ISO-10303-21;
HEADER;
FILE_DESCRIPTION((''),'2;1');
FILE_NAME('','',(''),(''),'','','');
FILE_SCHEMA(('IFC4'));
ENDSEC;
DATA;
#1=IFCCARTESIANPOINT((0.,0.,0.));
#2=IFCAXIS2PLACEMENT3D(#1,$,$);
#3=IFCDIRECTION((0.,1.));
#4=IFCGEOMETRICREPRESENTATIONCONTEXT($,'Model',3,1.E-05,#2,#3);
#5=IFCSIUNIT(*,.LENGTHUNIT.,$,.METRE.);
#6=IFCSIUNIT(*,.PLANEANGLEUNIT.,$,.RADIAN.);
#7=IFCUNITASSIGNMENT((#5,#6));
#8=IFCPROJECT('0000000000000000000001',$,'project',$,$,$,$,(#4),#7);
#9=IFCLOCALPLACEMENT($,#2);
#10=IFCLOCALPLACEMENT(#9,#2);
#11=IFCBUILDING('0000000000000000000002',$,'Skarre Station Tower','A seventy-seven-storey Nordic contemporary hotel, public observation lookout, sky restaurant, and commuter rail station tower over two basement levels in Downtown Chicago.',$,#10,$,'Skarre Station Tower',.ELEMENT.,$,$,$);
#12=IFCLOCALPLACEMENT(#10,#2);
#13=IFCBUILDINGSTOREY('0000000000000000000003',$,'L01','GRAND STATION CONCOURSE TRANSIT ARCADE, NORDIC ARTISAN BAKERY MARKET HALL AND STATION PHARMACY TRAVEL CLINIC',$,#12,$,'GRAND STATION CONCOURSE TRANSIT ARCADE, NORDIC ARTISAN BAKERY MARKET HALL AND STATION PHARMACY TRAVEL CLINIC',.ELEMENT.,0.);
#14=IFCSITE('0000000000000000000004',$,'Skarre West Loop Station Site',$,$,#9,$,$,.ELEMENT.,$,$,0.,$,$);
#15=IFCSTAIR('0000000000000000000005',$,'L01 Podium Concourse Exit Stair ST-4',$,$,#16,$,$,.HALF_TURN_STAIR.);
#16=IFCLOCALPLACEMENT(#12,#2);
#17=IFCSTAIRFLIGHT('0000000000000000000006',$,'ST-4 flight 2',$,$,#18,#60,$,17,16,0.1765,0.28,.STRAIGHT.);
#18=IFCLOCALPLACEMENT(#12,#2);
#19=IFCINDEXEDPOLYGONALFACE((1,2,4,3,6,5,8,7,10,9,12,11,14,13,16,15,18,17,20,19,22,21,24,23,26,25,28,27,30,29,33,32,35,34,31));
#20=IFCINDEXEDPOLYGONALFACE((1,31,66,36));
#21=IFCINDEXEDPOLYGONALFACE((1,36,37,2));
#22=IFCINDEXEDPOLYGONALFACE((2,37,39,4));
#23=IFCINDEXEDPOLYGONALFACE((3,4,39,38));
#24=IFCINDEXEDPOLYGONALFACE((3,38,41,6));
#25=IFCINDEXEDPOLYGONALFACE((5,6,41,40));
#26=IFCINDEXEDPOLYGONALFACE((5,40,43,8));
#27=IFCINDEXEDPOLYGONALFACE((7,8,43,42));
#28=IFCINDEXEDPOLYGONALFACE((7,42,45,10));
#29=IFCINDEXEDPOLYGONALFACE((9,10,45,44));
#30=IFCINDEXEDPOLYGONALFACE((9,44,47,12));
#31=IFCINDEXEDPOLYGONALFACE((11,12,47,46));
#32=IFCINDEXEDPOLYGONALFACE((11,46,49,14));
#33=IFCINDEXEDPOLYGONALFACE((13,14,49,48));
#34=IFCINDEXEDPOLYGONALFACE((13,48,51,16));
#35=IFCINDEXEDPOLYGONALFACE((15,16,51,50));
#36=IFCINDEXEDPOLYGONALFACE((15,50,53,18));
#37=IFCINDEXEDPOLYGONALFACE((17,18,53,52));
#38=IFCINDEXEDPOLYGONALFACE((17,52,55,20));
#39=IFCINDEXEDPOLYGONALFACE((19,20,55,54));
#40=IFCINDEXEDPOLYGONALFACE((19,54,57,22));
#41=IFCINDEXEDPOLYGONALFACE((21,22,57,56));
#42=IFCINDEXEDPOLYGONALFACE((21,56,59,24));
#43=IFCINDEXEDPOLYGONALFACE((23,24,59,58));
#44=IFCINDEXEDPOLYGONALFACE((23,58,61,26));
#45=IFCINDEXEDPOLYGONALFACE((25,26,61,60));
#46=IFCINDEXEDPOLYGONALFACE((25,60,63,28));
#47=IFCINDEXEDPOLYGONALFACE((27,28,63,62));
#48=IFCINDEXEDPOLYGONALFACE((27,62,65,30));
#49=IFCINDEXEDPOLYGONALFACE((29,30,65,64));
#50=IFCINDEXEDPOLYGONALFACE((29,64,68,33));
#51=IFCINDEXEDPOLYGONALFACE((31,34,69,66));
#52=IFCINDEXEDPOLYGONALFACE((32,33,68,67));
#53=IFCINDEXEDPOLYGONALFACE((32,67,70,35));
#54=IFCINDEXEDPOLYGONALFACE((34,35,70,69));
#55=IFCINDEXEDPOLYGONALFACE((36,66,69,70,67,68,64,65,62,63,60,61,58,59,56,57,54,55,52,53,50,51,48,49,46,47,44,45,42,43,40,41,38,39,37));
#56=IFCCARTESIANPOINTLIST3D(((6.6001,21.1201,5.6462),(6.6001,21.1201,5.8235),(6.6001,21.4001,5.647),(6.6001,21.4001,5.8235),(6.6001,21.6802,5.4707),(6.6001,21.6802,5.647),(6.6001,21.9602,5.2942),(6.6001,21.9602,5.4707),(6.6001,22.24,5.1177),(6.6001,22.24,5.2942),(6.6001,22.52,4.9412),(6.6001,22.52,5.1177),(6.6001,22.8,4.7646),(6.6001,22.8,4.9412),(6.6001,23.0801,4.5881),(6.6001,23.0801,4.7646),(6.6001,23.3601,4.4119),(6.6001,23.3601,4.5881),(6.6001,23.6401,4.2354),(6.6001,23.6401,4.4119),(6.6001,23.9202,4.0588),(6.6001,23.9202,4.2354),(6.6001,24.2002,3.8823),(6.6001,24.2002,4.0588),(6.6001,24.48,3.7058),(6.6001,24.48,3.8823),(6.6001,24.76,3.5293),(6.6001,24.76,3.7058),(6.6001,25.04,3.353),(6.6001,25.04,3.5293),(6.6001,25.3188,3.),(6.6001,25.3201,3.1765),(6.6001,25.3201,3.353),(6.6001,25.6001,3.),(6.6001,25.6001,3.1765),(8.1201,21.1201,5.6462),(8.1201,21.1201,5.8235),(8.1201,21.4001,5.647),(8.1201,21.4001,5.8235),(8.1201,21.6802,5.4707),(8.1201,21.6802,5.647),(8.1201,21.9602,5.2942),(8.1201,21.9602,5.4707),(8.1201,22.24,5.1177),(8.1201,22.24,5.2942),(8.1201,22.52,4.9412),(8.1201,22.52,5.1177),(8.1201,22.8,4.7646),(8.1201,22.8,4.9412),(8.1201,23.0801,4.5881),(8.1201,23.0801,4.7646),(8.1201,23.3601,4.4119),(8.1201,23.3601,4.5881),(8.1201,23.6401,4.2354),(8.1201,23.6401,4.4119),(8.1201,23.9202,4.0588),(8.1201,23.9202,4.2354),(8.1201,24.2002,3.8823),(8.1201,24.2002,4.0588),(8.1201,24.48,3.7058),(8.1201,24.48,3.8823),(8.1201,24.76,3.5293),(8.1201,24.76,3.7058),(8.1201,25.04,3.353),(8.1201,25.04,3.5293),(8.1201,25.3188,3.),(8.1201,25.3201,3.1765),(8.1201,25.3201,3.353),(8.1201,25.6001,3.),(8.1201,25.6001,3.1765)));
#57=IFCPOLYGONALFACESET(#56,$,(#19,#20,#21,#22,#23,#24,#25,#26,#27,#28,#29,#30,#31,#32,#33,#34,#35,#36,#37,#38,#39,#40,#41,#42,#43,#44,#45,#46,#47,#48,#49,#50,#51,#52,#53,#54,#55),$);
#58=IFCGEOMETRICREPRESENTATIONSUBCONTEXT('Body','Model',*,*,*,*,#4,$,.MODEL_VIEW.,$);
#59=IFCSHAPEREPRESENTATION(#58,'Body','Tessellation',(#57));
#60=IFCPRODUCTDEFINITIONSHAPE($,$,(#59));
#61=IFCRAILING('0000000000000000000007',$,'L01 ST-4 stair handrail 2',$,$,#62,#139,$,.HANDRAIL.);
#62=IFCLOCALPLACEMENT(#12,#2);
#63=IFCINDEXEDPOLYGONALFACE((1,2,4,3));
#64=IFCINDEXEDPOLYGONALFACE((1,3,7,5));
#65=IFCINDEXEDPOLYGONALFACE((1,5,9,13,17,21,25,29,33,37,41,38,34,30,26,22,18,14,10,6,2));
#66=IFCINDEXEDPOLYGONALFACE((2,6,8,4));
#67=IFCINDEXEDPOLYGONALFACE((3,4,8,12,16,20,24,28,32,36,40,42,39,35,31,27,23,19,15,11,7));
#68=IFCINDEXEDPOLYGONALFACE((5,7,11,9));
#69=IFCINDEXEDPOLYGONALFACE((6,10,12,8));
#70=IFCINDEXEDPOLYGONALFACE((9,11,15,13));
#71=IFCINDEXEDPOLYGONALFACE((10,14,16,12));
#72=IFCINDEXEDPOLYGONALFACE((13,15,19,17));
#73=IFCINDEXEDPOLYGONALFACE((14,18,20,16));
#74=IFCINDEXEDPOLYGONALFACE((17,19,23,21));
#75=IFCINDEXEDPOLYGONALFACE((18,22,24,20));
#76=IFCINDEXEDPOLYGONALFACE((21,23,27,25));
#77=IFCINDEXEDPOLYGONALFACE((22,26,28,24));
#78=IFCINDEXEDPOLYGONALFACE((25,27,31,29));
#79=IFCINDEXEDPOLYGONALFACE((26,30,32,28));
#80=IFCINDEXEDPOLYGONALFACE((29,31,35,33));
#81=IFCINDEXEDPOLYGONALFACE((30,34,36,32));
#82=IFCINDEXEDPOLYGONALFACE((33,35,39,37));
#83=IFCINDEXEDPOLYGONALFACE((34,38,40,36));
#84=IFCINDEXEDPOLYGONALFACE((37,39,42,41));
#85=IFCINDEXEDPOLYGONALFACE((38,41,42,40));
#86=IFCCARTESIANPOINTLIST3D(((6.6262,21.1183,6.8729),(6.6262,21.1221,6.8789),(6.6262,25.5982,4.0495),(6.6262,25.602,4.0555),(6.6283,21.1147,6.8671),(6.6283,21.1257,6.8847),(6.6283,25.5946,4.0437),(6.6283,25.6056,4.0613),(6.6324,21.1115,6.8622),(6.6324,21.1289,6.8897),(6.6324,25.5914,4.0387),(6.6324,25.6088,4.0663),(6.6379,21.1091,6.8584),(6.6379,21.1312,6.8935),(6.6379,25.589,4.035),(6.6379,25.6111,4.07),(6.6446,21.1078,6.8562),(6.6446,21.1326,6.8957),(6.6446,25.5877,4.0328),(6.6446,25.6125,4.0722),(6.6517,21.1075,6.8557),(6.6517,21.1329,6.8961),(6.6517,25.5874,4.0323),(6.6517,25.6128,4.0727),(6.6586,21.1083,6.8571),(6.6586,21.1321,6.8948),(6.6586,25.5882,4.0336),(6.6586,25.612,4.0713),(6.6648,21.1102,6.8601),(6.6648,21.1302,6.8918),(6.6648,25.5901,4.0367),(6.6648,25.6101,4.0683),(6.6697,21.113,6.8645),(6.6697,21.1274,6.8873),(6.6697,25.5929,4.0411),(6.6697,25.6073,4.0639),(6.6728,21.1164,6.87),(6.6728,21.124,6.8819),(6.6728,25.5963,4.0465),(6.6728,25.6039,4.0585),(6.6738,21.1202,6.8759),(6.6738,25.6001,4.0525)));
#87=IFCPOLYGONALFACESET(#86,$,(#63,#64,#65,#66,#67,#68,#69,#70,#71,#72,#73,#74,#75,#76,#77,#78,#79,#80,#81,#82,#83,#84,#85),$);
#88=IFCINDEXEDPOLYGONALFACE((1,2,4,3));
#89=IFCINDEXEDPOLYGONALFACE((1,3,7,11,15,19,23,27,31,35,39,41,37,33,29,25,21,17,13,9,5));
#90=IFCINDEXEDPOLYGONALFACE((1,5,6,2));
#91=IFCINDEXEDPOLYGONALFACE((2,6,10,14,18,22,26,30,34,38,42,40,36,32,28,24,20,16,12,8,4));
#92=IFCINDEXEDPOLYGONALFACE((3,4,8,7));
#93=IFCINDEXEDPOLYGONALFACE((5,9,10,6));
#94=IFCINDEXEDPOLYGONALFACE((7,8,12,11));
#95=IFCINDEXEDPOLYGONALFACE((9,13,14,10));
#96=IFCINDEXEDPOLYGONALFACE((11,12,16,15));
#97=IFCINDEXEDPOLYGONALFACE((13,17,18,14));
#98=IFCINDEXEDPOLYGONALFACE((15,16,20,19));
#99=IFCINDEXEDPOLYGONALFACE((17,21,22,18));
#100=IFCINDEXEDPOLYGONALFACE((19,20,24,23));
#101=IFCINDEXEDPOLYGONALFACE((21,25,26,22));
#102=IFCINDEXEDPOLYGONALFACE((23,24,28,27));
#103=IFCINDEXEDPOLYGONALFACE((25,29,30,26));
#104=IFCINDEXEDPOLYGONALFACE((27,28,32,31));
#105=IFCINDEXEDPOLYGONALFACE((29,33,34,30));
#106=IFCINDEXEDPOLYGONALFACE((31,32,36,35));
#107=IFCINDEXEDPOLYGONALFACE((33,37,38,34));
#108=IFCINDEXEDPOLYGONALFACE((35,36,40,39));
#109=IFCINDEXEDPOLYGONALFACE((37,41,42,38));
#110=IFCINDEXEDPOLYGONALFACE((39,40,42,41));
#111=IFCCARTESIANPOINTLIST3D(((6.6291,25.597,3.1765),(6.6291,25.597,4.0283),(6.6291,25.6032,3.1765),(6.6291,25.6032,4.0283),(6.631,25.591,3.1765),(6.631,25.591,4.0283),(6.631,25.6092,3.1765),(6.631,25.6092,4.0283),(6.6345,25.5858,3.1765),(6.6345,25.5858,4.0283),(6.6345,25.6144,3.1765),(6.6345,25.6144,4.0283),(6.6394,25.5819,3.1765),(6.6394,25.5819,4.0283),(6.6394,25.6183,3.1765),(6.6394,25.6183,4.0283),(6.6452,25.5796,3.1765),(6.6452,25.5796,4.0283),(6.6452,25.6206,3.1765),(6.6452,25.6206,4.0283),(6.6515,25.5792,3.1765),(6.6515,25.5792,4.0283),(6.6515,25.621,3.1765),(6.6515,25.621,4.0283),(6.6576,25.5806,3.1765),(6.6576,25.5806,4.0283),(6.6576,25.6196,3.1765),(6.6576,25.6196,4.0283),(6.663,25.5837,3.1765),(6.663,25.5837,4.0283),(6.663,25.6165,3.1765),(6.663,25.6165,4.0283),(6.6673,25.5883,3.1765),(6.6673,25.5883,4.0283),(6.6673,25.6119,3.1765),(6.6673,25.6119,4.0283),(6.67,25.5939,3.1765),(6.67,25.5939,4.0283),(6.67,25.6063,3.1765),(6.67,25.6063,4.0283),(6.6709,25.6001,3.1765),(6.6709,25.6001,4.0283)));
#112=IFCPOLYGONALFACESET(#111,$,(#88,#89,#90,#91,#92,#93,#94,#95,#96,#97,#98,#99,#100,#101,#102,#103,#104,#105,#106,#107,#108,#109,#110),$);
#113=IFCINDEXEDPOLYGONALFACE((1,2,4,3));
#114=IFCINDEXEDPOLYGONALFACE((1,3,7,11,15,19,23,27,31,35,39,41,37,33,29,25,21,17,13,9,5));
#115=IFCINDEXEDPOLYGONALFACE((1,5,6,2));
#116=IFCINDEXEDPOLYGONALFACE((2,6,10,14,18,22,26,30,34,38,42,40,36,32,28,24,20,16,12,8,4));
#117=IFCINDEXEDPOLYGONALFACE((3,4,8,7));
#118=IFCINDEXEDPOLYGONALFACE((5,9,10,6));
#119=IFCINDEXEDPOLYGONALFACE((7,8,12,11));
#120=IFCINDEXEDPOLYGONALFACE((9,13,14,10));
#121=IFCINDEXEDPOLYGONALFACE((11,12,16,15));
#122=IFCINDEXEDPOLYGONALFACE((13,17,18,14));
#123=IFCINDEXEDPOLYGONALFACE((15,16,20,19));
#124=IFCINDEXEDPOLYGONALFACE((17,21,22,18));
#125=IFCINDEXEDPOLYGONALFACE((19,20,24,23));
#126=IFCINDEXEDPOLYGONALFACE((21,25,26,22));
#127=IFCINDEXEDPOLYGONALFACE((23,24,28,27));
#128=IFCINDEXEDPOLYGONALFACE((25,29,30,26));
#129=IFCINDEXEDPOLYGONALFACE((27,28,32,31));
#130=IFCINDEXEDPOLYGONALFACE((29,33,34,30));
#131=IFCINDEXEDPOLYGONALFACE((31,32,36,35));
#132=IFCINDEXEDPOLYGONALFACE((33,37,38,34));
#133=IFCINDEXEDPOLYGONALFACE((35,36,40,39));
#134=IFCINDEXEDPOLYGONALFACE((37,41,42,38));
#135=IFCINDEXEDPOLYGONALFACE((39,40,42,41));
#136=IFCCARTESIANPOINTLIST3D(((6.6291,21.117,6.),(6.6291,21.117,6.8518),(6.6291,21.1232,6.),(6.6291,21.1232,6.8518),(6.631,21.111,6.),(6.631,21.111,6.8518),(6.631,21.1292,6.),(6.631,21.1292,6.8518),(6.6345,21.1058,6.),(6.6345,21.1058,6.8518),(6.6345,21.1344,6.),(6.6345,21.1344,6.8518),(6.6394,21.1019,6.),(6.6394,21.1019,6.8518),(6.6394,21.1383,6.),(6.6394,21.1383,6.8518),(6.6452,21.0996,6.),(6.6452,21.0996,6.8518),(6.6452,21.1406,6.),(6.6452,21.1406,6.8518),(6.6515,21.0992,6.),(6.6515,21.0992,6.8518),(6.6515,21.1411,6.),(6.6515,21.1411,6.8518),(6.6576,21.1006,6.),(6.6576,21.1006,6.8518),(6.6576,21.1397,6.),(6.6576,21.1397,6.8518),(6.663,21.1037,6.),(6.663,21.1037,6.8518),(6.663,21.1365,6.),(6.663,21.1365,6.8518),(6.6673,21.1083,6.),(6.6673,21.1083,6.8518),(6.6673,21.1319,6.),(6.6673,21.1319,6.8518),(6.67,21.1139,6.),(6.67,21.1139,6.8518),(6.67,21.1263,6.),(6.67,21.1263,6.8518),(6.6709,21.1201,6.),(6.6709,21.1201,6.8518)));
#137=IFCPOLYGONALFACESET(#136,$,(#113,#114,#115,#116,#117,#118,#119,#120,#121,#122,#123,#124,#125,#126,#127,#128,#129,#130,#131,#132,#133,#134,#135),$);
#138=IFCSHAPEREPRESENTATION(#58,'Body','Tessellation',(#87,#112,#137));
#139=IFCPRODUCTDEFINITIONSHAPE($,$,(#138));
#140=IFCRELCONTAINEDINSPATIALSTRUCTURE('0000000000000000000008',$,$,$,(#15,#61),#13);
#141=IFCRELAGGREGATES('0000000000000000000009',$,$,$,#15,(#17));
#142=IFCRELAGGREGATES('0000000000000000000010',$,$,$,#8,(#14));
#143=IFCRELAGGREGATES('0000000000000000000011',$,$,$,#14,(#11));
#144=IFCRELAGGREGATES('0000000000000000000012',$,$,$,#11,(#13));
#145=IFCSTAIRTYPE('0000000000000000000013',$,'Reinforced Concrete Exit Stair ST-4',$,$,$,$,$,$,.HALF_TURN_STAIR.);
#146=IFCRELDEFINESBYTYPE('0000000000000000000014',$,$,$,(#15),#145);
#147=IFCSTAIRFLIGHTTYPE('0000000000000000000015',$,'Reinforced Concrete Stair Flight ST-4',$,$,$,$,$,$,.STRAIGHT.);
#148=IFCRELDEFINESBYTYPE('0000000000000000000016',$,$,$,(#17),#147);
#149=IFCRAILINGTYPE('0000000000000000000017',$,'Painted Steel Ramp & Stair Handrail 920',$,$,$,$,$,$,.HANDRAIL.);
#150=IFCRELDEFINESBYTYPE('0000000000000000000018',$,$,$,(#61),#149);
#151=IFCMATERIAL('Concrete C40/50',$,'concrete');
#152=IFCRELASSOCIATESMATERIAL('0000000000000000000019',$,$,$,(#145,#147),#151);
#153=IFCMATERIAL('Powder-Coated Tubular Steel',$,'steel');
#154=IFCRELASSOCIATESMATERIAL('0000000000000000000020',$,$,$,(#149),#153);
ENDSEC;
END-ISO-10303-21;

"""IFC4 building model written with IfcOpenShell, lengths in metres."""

from ifc_helpers import new_model, si_unit, direction, frame, origin, origin_2d, place, context, subcontext, project, spatial, polyline, circle, outline, extrude, material, type_object, element, aggregate, save


model = new_model("IFC4")

# Units and contexts
model_context = context("Model", 3, precision=1e-05, world=origin(), true_north=direction((0.0, 1.0)))
body_context = subcontext(model_context, "Body", "Model", "MODEL_VIEW")
ifc_project = project(units=[si_unit("LENGTHUNIT", "METRE"), si_unit("PLANEANGLEUNIT", "RADIAN")], contexts=[model_context])

# Site, building, storey
site_placement = place(None, origin())
site = spatial("IfcSite", under=ifc_project, at=site_placement, Name="Skarre West Loop Station Site", CompositionType="ELEMENT", RefElevation=0.0)
building_placement = place(site_placement, origin())
building = spatial("IfcBuilding", under=site, at=building_placement, Name="Skarre Station Tower", Description="A seventy-seven-storey Nordic contemporary hotel, public observation lookout, sky restaurant, and commuter rail station tower over two basement levels in Downtown Chicago.", LongName="Skarre Station Tower", CompositionType="ELEMENT")
storey_placement = place(building_placement, origin())
storey = spatial("IfcBuildingStorey", under=building, at=storey_placement, Name="L01", Description="GRAND STATION CONCOURSE TRANSIT ARCADE, NORDIC ARTISAN BAKERY MARKET HALL AND STATION PHARMACY TRAVEL CLINIC", LongName="GRAND STATION CONCOURSE TRANSIT ARCADE, NORDIC ARTISAN BAKERY MARKET HALL AND STATION PHARMACY TRAVEL CLINIC", CompositionType="ELEMENT", Elevation=0.0)

# Stair, stair flight
ifc_material_1 = material(Name="Concrete C40/50", Category="concrete")
stair_type = type_object("IfcStairType", Name="Reinforced Concrete Exit Stair ST-4", PredefinedType="HALF_TURN_STAIR", material=ifc_material_1)
stair_placement = place(storey_placement, origin())
stair = element("IfcStair", 1, at=stair_placement, inside=storey, type_object=stair_type, Name="L01 Podium Concourse Exit Stair ST-4", PredefinedType="HALF_TURN_STAIR")
stair_flight_type = type_object("IfcStairFlightType", Name="Reinforced Concrete Stair Flight ST-4", PredefinedType="STRAIGHT", material=ifc_material_1)
stair_flight_placement = place(storey_placement, frame((7.3601, 25.6001, 3.0), z_axis=(0.0, 0.0, 1.0), x_axis=(0.0, -1.0, 0.0)))
stair_flight = element("IfcStairFlight", 2, at=stair_flight_placement, type_object=stair_flight_type, Name="ST-4 flight 2", NumberOfRisers=17, NumberOfTreads=16, PredefinedType="STRAIGHT", RiserHeight=0.1765, TreadLength=0.28, context=body_context, shape_type="SweptSolid", body=[
    extrude(outline(polyline([(0.0, 0.0), (0.0, 0.1765), (0.28, 0.1765), (0.28, 0.353), (0.5601, 0.353), (0.5601, 0.5293), (0.8401, 0.5293), (0.8401, 0.7058), (1.1201, 0.7058), (1.1201, 0.8823), (1.3999, 0.8823), (1.3999, 1.0588), (1.6799, 1.0588), (1.6799, 1.2354), (1.96, 1.2354), (1.96, 1.4119), (2.24, 1.4119), (2.24, 1.5881), (2.52, 1.5881), (2.52, 1.7646), (2.8, 1.7646), (2.8, 1.9412), (3.0801, 1.9412), (3.0801, 2.1177), (3.3601, 2.1177), (3.3601, 2.2942), (3.6399, 2.2942), (3.6399, 2.4707), (3.9199, 2.4707), (3.9199, 2.647), (4.2, 2.647), (4.2, 2.8235), (4.48, 2.8235), (4.48, 3.0), (4.48, 2.6462), (0.2812, 0.0), (0.0, 0.0)])), frame((0.0, 0.76, 0.0), z_axis=(0.0, -1.0, 0.0), x_axis=(1.0, 0.0, 0.0)), (0.0, 0.0, 1.0), 1.52),
])
aggregate(stair, [stair_flight])

# Railing
ifc_material_2 = material(Name="Powder-Coated Tubular Steel", Category="steel")
railing_type_1 = type_object("IfcRailingType", Name="Painted Steel Ramp & Stair Handrail 920", PredefinedType="HANDRAIL", material=ifc_material_2)
railing_1_placement = place(storey_placement, frame((6.6499, 25.6001, 3.1765)))
element("IfcRailing", 3, at=railing_1_placement, inside=storey, type_object=railing_type_1, Name="L01 ST-4 stair handrail 2", PredefinedType="HANDRAIL", context=body_context, shape_type="SweptSolid", body=[
    extrude(circle(Radius=0.0239, at=origin_2d()), frame((0.0, 0.0, 0.876), z_axis=(0.0, -0.845998, 0.533186), x_axis=(1.0, 0.0, 0.0)), (0.0, 0.0, 1.0), 5.2954),
    extrude(circle(Radius=0.021, at=origin_2d()), origin(), (0.0, 0.0, 1.0), 0.8518),
    extrude(circle(Radius=0.021, at=origin_2d()), frame((0.0, -4.48, 2.8235)), (0.0, 0.0, 1.0), 0.8518),
])

save(model, "model.ifc")
